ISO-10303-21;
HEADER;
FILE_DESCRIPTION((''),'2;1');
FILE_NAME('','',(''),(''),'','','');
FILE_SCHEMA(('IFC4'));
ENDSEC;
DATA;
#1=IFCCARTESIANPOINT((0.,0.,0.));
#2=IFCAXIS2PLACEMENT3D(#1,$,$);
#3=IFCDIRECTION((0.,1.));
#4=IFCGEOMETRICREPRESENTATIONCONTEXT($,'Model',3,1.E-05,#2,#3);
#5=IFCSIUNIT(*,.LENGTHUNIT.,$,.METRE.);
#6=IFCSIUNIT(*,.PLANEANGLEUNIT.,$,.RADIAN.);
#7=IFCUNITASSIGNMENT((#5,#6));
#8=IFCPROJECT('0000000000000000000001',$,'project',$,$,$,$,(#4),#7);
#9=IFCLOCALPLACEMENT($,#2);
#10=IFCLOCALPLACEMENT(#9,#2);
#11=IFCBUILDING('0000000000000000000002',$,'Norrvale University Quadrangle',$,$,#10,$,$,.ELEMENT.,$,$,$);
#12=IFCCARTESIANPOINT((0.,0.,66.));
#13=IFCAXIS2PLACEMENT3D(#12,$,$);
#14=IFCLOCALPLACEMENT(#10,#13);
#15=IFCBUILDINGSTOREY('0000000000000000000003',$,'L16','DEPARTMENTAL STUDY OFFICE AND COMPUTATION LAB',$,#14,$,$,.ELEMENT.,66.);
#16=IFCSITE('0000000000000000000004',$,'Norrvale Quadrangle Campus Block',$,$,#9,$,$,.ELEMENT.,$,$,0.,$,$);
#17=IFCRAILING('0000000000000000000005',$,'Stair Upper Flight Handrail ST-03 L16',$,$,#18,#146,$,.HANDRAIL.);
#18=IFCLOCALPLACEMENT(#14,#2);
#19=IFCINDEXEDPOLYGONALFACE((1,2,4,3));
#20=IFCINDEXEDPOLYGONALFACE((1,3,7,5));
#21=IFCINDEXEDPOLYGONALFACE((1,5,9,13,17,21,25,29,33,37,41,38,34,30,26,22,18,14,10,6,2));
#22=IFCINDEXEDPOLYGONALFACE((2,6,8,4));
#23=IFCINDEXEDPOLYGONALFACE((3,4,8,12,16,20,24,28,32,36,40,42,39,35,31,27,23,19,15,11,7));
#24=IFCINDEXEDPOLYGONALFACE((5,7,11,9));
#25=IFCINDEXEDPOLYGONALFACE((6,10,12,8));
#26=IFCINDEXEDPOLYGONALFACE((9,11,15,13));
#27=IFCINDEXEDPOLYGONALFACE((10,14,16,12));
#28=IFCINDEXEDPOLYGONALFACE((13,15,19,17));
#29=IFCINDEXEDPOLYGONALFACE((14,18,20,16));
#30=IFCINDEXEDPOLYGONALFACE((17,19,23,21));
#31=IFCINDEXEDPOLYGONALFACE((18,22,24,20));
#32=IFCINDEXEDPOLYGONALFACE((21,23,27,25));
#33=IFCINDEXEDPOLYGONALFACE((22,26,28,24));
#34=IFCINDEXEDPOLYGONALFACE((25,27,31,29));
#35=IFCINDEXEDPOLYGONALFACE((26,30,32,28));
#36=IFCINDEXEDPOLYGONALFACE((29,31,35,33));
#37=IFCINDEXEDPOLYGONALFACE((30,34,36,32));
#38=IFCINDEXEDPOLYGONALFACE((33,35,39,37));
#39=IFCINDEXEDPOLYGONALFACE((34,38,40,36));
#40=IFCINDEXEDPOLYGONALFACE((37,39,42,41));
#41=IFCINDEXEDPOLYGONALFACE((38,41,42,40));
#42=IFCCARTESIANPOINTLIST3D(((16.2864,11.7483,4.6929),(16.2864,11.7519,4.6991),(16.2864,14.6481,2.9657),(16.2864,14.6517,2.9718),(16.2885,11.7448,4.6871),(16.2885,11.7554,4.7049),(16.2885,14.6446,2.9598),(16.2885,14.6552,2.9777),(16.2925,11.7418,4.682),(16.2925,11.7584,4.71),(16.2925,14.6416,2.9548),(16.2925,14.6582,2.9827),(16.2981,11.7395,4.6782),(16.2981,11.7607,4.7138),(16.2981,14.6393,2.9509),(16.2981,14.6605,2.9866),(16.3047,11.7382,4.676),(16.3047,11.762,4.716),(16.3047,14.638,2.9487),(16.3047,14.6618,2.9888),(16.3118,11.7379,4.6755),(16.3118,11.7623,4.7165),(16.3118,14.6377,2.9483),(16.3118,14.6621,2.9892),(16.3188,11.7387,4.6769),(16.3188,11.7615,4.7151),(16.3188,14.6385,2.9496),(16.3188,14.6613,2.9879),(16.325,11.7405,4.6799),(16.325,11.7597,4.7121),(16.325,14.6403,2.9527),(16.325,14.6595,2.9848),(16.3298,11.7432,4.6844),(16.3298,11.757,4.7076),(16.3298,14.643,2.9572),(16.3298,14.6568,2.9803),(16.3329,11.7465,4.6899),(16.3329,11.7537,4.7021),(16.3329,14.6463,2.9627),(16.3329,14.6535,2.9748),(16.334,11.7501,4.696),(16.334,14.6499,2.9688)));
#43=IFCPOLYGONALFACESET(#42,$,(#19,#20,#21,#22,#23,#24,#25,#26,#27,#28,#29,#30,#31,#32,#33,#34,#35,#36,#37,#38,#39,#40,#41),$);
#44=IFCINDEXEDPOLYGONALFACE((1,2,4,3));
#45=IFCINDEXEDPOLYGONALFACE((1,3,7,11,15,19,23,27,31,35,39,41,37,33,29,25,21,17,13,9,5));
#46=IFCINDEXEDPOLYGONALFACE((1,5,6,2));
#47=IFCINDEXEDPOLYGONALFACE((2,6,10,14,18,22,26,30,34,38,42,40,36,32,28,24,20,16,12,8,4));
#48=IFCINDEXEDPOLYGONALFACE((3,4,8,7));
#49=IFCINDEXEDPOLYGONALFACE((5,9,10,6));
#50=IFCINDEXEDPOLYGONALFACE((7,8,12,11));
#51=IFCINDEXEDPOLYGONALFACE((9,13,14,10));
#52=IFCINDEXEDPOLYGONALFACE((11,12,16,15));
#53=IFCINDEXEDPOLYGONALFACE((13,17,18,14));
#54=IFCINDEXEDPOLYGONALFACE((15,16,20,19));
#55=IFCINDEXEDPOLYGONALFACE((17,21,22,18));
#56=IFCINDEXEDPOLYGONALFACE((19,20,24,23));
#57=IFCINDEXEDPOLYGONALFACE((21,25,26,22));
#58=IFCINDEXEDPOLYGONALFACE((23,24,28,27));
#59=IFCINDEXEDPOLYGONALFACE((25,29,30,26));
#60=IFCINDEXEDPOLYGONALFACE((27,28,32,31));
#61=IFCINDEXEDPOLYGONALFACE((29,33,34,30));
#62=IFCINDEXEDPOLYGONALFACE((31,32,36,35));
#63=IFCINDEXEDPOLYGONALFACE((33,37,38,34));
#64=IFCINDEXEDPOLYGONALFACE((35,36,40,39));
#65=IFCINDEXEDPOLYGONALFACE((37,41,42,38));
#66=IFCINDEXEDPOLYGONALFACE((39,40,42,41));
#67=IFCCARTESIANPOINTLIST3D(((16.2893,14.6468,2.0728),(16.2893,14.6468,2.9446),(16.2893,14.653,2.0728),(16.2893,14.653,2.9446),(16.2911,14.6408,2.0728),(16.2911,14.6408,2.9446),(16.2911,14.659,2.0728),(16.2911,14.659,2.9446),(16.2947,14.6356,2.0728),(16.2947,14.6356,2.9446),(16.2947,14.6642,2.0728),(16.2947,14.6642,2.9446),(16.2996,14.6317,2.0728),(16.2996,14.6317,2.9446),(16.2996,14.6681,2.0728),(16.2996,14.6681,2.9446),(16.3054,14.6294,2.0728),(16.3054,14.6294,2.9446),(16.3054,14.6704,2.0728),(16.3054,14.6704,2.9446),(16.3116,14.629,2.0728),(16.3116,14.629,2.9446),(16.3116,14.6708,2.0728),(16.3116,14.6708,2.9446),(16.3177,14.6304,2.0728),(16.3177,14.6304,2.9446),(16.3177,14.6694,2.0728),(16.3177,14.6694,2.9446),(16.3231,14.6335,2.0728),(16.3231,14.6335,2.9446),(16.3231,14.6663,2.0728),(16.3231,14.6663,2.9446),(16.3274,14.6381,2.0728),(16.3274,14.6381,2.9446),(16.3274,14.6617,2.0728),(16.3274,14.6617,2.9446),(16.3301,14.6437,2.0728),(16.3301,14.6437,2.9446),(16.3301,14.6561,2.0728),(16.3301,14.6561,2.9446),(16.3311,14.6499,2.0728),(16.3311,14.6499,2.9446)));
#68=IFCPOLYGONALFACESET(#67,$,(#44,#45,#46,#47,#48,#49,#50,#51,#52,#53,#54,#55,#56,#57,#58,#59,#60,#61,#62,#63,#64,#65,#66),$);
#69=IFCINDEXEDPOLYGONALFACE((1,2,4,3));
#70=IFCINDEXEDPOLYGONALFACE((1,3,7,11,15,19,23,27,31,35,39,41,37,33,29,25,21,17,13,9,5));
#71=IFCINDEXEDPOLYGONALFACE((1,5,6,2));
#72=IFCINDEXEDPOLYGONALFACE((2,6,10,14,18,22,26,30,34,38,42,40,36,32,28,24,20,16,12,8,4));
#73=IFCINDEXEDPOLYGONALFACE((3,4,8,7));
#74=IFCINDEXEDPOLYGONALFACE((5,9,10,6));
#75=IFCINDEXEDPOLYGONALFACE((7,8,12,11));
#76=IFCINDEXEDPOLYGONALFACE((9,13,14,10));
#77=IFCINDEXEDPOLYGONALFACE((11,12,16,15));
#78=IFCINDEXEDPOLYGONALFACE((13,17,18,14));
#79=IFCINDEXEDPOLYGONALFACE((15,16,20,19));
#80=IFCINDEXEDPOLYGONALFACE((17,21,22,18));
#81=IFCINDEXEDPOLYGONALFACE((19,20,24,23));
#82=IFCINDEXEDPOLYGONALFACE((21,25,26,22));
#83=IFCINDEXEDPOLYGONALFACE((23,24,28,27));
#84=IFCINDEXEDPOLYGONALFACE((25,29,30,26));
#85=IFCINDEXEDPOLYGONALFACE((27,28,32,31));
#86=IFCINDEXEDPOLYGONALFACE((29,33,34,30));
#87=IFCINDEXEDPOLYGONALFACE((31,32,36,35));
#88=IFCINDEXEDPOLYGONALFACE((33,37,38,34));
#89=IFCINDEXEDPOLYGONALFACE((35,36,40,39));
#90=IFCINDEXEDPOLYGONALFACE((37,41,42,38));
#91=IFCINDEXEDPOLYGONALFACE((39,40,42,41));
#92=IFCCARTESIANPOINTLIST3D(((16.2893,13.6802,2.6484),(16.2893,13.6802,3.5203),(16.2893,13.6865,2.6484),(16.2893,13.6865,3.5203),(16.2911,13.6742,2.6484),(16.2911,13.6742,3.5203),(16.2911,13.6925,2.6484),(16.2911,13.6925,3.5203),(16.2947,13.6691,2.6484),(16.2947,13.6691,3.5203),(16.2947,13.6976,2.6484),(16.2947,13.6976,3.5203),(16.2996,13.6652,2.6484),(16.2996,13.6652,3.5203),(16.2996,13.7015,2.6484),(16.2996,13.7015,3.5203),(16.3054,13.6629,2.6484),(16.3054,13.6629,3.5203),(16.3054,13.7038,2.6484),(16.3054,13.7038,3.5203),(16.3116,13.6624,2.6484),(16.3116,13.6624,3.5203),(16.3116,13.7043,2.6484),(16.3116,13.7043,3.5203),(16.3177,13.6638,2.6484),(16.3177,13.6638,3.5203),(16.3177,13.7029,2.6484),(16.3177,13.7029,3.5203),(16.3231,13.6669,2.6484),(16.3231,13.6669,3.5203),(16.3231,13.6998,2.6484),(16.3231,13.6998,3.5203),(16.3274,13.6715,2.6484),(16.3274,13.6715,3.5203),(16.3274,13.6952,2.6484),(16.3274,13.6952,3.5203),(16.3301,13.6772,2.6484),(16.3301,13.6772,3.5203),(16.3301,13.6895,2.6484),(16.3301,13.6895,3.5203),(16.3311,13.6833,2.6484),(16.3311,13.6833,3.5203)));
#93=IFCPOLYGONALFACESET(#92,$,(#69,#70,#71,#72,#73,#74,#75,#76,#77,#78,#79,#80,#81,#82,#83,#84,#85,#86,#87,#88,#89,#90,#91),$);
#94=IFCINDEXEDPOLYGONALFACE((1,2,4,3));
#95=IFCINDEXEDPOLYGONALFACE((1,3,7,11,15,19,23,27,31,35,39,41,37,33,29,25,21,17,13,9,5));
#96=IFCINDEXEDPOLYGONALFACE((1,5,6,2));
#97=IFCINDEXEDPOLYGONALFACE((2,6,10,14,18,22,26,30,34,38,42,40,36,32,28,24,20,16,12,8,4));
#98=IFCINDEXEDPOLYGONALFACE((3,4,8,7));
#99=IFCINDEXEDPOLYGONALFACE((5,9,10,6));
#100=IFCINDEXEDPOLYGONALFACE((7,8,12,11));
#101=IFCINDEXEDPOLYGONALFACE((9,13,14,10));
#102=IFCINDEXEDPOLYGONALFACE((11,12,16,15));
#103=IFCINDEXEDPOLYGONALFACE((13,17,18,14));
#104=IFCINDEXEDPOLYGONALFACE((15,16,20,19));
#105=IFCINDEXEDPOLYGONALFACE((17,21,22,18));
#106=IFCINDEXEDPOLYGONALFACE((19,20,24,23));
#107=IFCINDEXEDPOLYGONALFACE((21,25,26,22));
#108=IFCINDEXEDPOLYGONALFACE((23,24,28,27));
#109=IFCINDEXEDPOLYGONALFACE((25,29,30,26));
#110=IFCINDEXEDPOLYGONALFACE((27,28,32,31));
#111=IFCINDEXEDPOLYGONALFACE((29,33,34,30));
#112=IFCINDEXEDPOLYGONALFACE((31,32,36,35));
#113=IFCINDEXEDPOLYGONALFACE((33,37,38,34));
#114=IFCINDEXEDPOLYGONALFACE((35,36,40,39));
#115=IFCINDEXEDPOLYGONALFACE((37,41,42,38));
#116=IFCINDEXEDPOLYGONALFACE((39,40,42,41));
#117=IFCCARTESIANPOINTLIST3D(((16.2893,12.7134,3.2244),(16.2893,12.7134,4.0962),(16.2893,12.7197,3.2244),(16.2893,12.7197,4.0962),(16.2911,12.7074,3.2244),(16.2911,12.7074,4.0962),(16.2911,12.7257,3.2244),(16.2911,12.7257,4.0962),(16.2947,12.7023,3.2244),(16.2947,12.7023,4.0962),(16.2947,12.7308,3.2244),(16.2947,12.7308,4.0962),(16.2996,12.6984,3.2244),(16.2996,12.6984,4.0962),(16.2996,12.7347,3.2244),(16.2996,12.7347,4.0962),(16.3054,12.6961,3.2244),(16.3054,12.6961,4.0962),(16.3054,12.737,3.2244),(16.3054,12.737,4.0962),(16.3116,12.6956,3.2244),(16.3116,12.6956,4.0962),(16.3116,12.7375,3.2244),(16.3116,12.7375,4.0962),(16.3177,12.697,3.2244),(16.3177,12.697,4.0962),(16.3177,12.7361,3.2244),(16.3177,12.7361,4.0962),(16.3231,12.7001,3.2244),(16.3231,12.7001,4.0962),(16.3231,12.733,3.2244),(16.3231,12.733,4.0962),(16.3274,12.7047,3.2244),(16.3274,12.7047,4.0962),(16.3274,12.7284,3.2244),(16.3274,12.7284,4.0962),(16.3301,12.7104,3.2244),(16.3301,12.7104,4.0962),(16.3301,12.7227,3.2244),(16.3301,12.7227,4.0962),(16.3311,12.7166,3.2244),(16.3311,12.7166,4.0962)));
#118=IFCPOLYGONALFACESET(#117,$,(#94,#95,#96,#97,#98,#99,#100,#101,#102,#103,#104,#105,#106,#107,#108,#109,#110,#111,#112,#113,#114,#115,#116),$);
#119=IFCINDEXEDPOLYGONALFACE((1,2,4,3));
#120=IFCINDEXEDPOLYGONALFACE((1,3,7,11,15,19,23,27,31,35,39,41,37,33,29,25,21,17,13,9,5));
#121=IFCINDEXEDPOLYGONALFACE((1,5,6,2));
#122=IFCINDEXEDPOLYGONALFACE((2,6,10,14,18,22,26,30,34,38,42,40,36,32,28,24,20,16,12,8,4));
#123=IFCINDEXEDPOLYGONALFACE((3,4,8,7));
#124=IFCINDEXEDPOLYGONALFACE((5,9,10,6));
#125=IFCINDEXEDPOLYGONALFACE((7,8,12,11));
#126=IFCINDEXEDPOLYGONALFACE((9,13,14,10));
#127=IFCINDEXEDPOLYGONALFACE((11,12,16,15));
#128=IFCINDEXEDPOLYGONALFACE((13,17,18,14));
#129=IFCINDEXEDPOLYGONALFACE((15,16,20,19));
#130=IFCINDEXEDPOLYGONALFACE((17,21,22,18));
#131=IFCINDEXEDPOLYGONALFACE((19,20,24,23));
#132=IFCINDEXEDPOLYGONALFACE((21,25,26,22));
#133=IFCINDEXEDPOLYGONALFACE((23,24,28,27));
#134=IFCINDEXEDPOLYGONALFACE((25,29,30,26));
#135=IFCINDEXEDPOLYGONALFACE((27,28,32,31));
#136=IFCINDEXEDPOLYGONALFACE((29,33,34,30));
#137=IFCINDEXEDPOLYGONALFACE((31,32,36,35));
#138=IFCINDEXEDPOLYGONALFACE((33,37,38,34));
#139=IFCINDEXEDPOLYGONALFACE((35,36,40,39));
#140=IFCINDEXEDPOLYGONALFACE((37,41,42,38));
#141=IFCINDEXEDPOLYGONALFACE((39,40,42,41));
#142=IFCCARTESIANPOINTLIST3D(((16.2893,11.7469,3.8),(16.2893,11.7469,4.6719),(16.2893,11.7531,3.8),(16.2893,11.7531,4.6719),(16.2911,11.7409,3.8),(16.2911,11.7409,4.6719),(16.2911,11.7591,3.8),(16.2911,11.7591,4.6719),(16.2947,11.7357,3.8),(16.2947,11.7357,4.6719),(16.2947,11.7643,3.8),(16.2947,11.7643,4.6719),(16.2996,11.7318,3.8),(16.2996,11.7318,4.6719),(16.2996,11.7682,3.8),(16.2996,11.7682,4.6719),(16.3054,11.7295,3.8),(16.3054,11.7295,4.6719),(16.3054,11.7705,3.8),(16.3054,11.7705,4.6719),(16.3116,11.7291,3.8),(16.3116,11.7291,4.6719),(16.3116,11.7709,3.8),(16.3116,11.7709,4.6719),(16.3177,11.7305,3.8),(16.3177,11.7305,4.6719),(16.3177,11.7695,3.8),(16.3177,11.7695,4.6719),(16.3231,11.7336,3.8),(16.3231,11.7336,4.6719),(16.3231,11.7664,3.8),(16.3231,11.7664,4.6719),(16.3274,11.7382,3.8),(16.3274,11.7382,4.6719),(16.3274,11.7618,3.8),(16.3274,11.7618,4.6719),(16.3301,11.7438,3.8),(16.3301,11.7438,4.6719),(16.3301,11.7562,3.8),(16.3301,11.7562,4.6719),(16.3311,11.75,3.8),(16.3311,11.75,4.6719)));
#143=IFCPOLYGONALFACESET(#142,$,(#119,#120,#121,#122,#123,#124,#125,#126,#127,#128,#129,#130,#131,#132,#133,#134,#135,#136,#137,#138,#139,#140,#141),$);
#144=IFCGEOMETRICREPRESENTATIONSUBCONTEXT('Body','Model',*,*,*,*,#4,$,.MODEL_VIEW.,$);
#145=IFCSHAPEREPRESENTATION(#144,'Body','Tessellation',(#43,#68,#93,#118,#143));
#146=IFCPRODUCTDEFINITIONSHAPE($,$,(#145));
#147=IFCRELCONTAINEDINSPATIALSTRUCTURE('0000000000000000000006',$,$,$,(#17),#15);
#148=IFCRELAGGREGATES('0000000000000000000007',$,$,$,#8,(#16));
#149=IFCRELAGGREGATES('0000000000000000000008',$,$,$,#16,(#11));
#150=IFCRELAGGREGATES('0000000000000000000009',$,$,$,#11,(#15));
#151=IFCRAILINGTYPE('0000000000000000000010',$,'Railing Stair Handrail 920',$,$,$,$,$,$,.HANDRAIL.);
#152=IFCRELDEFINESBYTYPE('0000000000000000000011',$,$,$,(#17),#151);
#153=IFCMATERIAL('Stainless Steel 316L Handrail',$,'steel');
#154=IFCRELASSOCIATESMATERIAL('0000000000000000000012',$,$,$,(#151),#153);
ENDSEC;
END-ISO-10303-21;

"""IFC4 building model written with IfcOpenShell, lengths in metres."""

from ifc_helpers import new_model, si_unit, direction, frame, origin, origin_2d, place, context, subcontext, project, spatial, circle, extrude, material, type_object, element, save


model = new_model("IFC4")

# Units and contexts
model_context = context("Model", 3, precision=1e-05, world=origin(), true_north=direction((0.0, 1.0)))
body_context = subcontext(model_context, "Body", "Model", "MODEL_VIEW")
ifc_project = project(units=[si_unit("LENGTHUNIT", "METRE"), si_unit("PLANEANGLEUNIT", "RADIAN")], contexts=[model_context])

# Site, building, storey
site_placement = place(None, origin())
site = spatial("IfcSite", under=ifc_project, at=site_placement, Name="Norrvale Quadrangle Campus Block", CompositionType="ELEMENT", RefElevation=0.0)
building_placement = place(site_placement, origin())
building = spatial("IfcBuilding", under=site, at=building_placement, Name="Norrvale University Quadrangle", CompositionType="ELEMENT")
storey_placement = place(building_placement, frame((0.0, 0.0, 66.0)))
storey = spatial("IfcBuildingStorey", under=building, at=storey_placement, Name="L16", Description="DEPARTMENTAL STUDY OFFICE AND COMPUTATION LAB", CompositionType="ELEMENT", Elevation=66.0)

# Railing
ifc_material_1 = material(Name="Stainless Steel 316L Handrail", Category="steel")
railing_type_1 = type_object("IfcRailingType", Name="Railing Stair Handrail 920", PredefinedType="HANDRAIL", material=ifc_material_1)
railing_1_placement = place(storey_placement, frame((16.3101, 14.6499, 2.0728)))
element("IfcRailing", 1, at=railing_1_placement, inside=storey, type_object=railing_type_1, Name="Stair Upper Flight Handrail ST-03 L16", PredefinedType="HANDRAIL", context=body_context, shape_type="SweptSolid", body=[
    extrude(circle(Radius=0.0239, at=origin_2d()), frame((0.0, 0.0, 0.896), z_axis=(0.0, -0.859141, 0.511738), x_axis=(1.0, 0.0, 0.0)), (0.0, 0.0, 1.0), 3.3752),
    extrude(circle(Radius=0.021, at=origin_2d()), origin(), (0.0, 0.0, 1.0), 0.8718),
    extrude(circle(Radius=0.021, at=origin_2d()), frame((0.0, -0.9666, 0.5757)), (0.0, 0.0, 1.0), 0.8718),
    extrude(circle(Radius=0.021, at=origin_2d()), frame((0.0, -1.9333, 1.1516)), (0.0, 0.0, 1.0), 0.8718),
    extrude(circle(Radius=0.021, at=origin_2d()), frame((0.0, -2.8999, 1.7273)), (0.0, 0.0, 1.0), 0.8718),
])

save(model, "model.ifc")
